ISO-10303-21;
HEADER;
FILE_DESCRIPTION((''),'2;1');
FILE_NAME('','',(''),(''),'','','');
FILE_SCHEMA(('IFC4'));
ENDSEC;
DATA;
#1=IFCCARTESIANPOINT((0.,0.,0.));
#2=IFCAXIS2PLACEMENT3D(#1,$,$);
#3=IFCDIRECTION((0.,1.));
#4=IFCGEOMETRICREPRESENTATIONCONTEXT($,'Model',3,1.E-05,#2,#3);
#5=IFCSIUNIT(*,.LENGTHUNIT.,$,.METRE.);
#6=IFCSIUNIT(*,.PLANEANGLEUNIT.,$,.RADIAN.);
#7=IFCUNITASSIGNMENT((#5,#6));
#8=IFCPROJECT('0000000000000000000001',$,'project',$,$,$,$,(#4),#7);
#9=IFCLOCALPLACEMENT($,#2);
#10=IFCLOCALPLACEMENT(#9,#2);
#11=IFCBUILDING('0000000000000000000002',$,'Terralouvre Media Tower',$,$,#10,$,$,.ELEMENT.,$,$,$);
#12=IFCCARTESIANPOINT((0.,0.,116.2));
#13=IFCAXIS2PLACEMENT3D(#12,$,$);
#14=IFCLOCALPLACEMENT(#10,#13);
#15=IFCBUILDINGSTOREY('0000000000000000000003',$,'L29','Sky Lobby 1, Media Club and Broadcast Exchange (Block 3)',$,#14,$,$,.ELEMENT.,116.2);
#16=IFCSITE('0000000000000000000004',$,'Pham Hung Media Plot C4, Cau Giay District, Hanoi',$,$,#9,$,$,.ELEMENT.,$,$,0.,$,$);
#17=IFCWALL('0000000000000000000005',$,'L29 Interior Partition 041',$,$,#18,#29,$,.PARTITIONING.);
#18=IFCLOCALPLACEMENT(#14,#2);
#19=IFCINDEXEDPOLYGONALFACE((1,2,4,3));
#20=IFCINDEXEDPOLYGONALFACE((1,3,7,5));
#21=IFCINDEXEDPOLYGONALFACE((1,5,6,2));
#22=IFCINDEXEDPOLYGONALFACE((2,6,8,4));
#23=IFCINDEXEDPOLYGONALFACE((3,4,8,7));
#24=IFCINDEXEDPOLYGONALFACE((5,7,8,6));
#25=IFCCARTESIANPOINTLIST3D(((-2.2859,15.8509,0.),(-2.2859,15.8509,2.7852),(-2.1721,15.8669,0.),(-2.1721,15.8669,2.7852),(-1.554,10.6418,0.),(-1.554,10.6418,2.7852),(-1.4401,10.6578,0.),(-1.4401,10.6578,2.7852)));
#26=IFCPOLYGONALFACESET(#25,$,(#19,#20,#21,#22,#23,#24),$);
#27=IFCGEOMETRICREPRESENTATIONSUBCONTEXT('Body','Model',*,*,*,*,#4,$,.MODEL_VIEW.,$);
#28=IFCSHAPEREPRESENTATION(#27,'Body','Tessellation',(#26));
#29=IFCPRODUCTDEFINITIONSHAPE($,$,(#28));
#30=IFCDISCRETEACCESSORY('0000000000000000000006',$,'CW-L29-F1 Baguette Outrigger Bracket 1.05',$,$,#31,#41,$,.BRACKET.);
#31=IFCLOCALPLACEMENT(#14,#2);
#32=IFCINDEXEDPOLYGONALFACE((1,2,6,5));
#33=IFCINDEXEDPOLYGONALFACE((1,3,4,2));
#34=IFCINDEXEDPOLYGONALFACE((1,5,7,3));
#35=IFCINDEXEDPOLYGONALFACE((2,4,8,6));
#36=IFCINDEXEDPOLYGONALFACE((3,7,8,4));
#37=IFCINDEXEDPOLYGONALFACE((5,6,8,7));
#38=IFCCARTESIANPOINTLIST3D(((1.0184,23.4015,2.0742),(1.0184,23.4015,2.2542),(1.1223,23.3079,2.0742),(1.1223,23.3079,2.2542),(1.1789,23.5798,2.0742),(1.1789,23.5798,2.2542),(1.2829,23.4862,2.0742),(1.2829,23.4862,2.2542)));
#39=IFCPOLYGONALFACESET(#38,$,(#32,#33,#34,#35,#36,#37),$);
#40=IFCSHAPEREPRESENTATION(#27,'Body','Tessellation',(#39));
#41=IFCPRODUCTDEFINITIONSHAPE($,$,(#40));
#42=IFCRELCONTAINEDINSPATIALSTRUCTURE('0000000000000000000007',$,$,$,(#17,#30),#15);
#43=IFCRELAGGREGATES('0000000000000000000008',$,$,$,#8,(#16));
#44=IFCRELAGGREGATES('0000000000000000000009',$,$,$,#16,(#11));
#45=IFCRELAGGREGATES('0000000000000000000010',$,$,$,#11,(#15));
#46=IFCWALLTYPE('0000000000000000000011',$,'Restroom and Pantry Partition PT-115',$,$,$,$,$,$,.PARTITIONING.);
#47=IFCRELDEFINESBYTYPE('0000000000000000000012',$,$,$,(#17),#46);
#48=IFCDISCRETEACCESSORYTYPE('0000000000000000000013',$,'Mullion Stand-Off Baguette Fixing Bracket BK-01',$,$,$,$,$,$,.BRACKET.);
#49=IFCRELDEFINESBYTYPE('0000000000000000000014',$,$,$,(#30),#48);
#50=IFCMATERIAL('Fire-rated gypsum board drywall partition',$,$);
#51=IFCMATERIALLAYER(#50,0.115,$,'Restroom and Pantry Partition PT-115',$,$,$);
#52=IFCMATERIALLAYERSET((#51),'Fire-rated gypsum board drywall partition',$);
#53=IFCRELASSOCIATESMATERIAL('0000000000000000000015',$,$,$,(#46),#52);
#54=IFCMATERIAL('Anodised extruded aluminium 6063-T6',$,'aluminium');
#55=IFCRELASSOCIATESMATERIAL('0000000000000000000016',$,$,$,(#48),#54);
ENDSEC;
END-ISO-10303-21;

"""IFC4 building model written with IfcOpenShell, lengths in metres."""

from ifc_helpers import new_model, si_unit, direction, frame, frame_2d, origin, origin_2d, place, context, subcontext, project, spatial, rectangle, extrude, material, layer, layer_set, type_object, element, save


model = new_model("IFC4")

# Units and contexts
model_context = context("Model", 3, precision=1e-05, world=origin(), true_north=direction((0.0, 1.0)))
body_context = subcontext(model_context, "Body", "Model", "MODEL_VIEW")
ifc_project = project(units=[si_unit("LENGTHUNIT", "METRE"), si_unit("PLANEANGLEUNIT", "RADIAN")], contexts=[model_context])

# Site, building, storey
site_placement = place(None, origin())
site = spatial("IfcSite", under=ifc_project, at=site_placement, Name="Pham Hung Media Plot C4, Cau Giay District, Hanoi", CompositionType="ELEMENT", RefElevation=0.0)
building_placement = place(site_placement, origin())
building = spatial("IfcBuilding", under=site, at=building_placement, Name="Terralouvre Media Tower", CompositionType="ELEMENT")
storey_placement = place(building_placement, frame((0.0, 0.0, 116.2)))
storey = spatial("IfcBuildingStorey", under=building, at=storey_placement, Name="L29", Description="Sky Lobby 1, Media Club and Broadcast Exchange (Block 3)", CompositionType="ELEMENT", Elevation=116.2)

# Wall
ifc_material_1 = material(Name="Fire-rated gypsum board drywall partition")
ifc_layer_1 = layer(ifc_material_1, 0.115, Name="Restroom and Pantry Partition PT-115")
ifc_layer_set_1 = layer_set([ifc_layer_1], Name="Fire-rated gypsum board drywall partition")
wall_type = type_object("IfcWallType", Name="Restroom and Pantry Partition PT-115", PredefinedType="PARTITIONING", material=ifc_layer_set_1)
wall_placement = place(storey_placement, frame((-2.229, 15.8589, 0.0), z_axis=(0.0, 0.0, 1.0), x_axis=(0.139147, -0.990272, 0.0)))
element("IfcWall", 1, at=wall_placement, inside=storey, type_object=wall_type, Name="L29 Interior Partition 041", PredefinedType="PARTITIONING", context=body_context, shape_type="SweptSolid", body=[
    extrude(rectangle(XDim=5.2603, YDim=0.115, at=frame_2d((2.6301, 0.0))), origin(), (0.0, 0.0, 1.0), 2.7852),
])

# Discrete accessory
ifc_material_2 = material(Name="Anodised extruded aluminium 6063-T6", Category="aluminium")
discrete_accessory_type = type_object("IfcDiscreteAccessoryType", Name="Mullion Stand-Off Baguette Fixing Bracket BK-01", PredefinedType="BRACKET", material=ifc_material_2)
discrete_accessory_placement = place(storey_placement, frame((1.1506, 23.4438, 2.0742), z_axis=(0.0, 0.0, 1.0), x_axis=(-0.743145, 0.669131, 0.0)))
element("IfcDiscreteAccessory", 2, at=discrete_accessory_placement, inside=storey, type_object=discrete_accessory_type, Name="CW-L29-F1 Baguette Outrigger Bracket 1.05", PredefinedType="BRACKET", context=body_context, shape_type="SweptSolid", body=[
    extrude(rectangle(XDim=0.1399, YDim=0.24, at=origin_2d()), origin(), (0.0, 0.0, 1.0), 0.1799),
])

save(model, "model.ifc")
